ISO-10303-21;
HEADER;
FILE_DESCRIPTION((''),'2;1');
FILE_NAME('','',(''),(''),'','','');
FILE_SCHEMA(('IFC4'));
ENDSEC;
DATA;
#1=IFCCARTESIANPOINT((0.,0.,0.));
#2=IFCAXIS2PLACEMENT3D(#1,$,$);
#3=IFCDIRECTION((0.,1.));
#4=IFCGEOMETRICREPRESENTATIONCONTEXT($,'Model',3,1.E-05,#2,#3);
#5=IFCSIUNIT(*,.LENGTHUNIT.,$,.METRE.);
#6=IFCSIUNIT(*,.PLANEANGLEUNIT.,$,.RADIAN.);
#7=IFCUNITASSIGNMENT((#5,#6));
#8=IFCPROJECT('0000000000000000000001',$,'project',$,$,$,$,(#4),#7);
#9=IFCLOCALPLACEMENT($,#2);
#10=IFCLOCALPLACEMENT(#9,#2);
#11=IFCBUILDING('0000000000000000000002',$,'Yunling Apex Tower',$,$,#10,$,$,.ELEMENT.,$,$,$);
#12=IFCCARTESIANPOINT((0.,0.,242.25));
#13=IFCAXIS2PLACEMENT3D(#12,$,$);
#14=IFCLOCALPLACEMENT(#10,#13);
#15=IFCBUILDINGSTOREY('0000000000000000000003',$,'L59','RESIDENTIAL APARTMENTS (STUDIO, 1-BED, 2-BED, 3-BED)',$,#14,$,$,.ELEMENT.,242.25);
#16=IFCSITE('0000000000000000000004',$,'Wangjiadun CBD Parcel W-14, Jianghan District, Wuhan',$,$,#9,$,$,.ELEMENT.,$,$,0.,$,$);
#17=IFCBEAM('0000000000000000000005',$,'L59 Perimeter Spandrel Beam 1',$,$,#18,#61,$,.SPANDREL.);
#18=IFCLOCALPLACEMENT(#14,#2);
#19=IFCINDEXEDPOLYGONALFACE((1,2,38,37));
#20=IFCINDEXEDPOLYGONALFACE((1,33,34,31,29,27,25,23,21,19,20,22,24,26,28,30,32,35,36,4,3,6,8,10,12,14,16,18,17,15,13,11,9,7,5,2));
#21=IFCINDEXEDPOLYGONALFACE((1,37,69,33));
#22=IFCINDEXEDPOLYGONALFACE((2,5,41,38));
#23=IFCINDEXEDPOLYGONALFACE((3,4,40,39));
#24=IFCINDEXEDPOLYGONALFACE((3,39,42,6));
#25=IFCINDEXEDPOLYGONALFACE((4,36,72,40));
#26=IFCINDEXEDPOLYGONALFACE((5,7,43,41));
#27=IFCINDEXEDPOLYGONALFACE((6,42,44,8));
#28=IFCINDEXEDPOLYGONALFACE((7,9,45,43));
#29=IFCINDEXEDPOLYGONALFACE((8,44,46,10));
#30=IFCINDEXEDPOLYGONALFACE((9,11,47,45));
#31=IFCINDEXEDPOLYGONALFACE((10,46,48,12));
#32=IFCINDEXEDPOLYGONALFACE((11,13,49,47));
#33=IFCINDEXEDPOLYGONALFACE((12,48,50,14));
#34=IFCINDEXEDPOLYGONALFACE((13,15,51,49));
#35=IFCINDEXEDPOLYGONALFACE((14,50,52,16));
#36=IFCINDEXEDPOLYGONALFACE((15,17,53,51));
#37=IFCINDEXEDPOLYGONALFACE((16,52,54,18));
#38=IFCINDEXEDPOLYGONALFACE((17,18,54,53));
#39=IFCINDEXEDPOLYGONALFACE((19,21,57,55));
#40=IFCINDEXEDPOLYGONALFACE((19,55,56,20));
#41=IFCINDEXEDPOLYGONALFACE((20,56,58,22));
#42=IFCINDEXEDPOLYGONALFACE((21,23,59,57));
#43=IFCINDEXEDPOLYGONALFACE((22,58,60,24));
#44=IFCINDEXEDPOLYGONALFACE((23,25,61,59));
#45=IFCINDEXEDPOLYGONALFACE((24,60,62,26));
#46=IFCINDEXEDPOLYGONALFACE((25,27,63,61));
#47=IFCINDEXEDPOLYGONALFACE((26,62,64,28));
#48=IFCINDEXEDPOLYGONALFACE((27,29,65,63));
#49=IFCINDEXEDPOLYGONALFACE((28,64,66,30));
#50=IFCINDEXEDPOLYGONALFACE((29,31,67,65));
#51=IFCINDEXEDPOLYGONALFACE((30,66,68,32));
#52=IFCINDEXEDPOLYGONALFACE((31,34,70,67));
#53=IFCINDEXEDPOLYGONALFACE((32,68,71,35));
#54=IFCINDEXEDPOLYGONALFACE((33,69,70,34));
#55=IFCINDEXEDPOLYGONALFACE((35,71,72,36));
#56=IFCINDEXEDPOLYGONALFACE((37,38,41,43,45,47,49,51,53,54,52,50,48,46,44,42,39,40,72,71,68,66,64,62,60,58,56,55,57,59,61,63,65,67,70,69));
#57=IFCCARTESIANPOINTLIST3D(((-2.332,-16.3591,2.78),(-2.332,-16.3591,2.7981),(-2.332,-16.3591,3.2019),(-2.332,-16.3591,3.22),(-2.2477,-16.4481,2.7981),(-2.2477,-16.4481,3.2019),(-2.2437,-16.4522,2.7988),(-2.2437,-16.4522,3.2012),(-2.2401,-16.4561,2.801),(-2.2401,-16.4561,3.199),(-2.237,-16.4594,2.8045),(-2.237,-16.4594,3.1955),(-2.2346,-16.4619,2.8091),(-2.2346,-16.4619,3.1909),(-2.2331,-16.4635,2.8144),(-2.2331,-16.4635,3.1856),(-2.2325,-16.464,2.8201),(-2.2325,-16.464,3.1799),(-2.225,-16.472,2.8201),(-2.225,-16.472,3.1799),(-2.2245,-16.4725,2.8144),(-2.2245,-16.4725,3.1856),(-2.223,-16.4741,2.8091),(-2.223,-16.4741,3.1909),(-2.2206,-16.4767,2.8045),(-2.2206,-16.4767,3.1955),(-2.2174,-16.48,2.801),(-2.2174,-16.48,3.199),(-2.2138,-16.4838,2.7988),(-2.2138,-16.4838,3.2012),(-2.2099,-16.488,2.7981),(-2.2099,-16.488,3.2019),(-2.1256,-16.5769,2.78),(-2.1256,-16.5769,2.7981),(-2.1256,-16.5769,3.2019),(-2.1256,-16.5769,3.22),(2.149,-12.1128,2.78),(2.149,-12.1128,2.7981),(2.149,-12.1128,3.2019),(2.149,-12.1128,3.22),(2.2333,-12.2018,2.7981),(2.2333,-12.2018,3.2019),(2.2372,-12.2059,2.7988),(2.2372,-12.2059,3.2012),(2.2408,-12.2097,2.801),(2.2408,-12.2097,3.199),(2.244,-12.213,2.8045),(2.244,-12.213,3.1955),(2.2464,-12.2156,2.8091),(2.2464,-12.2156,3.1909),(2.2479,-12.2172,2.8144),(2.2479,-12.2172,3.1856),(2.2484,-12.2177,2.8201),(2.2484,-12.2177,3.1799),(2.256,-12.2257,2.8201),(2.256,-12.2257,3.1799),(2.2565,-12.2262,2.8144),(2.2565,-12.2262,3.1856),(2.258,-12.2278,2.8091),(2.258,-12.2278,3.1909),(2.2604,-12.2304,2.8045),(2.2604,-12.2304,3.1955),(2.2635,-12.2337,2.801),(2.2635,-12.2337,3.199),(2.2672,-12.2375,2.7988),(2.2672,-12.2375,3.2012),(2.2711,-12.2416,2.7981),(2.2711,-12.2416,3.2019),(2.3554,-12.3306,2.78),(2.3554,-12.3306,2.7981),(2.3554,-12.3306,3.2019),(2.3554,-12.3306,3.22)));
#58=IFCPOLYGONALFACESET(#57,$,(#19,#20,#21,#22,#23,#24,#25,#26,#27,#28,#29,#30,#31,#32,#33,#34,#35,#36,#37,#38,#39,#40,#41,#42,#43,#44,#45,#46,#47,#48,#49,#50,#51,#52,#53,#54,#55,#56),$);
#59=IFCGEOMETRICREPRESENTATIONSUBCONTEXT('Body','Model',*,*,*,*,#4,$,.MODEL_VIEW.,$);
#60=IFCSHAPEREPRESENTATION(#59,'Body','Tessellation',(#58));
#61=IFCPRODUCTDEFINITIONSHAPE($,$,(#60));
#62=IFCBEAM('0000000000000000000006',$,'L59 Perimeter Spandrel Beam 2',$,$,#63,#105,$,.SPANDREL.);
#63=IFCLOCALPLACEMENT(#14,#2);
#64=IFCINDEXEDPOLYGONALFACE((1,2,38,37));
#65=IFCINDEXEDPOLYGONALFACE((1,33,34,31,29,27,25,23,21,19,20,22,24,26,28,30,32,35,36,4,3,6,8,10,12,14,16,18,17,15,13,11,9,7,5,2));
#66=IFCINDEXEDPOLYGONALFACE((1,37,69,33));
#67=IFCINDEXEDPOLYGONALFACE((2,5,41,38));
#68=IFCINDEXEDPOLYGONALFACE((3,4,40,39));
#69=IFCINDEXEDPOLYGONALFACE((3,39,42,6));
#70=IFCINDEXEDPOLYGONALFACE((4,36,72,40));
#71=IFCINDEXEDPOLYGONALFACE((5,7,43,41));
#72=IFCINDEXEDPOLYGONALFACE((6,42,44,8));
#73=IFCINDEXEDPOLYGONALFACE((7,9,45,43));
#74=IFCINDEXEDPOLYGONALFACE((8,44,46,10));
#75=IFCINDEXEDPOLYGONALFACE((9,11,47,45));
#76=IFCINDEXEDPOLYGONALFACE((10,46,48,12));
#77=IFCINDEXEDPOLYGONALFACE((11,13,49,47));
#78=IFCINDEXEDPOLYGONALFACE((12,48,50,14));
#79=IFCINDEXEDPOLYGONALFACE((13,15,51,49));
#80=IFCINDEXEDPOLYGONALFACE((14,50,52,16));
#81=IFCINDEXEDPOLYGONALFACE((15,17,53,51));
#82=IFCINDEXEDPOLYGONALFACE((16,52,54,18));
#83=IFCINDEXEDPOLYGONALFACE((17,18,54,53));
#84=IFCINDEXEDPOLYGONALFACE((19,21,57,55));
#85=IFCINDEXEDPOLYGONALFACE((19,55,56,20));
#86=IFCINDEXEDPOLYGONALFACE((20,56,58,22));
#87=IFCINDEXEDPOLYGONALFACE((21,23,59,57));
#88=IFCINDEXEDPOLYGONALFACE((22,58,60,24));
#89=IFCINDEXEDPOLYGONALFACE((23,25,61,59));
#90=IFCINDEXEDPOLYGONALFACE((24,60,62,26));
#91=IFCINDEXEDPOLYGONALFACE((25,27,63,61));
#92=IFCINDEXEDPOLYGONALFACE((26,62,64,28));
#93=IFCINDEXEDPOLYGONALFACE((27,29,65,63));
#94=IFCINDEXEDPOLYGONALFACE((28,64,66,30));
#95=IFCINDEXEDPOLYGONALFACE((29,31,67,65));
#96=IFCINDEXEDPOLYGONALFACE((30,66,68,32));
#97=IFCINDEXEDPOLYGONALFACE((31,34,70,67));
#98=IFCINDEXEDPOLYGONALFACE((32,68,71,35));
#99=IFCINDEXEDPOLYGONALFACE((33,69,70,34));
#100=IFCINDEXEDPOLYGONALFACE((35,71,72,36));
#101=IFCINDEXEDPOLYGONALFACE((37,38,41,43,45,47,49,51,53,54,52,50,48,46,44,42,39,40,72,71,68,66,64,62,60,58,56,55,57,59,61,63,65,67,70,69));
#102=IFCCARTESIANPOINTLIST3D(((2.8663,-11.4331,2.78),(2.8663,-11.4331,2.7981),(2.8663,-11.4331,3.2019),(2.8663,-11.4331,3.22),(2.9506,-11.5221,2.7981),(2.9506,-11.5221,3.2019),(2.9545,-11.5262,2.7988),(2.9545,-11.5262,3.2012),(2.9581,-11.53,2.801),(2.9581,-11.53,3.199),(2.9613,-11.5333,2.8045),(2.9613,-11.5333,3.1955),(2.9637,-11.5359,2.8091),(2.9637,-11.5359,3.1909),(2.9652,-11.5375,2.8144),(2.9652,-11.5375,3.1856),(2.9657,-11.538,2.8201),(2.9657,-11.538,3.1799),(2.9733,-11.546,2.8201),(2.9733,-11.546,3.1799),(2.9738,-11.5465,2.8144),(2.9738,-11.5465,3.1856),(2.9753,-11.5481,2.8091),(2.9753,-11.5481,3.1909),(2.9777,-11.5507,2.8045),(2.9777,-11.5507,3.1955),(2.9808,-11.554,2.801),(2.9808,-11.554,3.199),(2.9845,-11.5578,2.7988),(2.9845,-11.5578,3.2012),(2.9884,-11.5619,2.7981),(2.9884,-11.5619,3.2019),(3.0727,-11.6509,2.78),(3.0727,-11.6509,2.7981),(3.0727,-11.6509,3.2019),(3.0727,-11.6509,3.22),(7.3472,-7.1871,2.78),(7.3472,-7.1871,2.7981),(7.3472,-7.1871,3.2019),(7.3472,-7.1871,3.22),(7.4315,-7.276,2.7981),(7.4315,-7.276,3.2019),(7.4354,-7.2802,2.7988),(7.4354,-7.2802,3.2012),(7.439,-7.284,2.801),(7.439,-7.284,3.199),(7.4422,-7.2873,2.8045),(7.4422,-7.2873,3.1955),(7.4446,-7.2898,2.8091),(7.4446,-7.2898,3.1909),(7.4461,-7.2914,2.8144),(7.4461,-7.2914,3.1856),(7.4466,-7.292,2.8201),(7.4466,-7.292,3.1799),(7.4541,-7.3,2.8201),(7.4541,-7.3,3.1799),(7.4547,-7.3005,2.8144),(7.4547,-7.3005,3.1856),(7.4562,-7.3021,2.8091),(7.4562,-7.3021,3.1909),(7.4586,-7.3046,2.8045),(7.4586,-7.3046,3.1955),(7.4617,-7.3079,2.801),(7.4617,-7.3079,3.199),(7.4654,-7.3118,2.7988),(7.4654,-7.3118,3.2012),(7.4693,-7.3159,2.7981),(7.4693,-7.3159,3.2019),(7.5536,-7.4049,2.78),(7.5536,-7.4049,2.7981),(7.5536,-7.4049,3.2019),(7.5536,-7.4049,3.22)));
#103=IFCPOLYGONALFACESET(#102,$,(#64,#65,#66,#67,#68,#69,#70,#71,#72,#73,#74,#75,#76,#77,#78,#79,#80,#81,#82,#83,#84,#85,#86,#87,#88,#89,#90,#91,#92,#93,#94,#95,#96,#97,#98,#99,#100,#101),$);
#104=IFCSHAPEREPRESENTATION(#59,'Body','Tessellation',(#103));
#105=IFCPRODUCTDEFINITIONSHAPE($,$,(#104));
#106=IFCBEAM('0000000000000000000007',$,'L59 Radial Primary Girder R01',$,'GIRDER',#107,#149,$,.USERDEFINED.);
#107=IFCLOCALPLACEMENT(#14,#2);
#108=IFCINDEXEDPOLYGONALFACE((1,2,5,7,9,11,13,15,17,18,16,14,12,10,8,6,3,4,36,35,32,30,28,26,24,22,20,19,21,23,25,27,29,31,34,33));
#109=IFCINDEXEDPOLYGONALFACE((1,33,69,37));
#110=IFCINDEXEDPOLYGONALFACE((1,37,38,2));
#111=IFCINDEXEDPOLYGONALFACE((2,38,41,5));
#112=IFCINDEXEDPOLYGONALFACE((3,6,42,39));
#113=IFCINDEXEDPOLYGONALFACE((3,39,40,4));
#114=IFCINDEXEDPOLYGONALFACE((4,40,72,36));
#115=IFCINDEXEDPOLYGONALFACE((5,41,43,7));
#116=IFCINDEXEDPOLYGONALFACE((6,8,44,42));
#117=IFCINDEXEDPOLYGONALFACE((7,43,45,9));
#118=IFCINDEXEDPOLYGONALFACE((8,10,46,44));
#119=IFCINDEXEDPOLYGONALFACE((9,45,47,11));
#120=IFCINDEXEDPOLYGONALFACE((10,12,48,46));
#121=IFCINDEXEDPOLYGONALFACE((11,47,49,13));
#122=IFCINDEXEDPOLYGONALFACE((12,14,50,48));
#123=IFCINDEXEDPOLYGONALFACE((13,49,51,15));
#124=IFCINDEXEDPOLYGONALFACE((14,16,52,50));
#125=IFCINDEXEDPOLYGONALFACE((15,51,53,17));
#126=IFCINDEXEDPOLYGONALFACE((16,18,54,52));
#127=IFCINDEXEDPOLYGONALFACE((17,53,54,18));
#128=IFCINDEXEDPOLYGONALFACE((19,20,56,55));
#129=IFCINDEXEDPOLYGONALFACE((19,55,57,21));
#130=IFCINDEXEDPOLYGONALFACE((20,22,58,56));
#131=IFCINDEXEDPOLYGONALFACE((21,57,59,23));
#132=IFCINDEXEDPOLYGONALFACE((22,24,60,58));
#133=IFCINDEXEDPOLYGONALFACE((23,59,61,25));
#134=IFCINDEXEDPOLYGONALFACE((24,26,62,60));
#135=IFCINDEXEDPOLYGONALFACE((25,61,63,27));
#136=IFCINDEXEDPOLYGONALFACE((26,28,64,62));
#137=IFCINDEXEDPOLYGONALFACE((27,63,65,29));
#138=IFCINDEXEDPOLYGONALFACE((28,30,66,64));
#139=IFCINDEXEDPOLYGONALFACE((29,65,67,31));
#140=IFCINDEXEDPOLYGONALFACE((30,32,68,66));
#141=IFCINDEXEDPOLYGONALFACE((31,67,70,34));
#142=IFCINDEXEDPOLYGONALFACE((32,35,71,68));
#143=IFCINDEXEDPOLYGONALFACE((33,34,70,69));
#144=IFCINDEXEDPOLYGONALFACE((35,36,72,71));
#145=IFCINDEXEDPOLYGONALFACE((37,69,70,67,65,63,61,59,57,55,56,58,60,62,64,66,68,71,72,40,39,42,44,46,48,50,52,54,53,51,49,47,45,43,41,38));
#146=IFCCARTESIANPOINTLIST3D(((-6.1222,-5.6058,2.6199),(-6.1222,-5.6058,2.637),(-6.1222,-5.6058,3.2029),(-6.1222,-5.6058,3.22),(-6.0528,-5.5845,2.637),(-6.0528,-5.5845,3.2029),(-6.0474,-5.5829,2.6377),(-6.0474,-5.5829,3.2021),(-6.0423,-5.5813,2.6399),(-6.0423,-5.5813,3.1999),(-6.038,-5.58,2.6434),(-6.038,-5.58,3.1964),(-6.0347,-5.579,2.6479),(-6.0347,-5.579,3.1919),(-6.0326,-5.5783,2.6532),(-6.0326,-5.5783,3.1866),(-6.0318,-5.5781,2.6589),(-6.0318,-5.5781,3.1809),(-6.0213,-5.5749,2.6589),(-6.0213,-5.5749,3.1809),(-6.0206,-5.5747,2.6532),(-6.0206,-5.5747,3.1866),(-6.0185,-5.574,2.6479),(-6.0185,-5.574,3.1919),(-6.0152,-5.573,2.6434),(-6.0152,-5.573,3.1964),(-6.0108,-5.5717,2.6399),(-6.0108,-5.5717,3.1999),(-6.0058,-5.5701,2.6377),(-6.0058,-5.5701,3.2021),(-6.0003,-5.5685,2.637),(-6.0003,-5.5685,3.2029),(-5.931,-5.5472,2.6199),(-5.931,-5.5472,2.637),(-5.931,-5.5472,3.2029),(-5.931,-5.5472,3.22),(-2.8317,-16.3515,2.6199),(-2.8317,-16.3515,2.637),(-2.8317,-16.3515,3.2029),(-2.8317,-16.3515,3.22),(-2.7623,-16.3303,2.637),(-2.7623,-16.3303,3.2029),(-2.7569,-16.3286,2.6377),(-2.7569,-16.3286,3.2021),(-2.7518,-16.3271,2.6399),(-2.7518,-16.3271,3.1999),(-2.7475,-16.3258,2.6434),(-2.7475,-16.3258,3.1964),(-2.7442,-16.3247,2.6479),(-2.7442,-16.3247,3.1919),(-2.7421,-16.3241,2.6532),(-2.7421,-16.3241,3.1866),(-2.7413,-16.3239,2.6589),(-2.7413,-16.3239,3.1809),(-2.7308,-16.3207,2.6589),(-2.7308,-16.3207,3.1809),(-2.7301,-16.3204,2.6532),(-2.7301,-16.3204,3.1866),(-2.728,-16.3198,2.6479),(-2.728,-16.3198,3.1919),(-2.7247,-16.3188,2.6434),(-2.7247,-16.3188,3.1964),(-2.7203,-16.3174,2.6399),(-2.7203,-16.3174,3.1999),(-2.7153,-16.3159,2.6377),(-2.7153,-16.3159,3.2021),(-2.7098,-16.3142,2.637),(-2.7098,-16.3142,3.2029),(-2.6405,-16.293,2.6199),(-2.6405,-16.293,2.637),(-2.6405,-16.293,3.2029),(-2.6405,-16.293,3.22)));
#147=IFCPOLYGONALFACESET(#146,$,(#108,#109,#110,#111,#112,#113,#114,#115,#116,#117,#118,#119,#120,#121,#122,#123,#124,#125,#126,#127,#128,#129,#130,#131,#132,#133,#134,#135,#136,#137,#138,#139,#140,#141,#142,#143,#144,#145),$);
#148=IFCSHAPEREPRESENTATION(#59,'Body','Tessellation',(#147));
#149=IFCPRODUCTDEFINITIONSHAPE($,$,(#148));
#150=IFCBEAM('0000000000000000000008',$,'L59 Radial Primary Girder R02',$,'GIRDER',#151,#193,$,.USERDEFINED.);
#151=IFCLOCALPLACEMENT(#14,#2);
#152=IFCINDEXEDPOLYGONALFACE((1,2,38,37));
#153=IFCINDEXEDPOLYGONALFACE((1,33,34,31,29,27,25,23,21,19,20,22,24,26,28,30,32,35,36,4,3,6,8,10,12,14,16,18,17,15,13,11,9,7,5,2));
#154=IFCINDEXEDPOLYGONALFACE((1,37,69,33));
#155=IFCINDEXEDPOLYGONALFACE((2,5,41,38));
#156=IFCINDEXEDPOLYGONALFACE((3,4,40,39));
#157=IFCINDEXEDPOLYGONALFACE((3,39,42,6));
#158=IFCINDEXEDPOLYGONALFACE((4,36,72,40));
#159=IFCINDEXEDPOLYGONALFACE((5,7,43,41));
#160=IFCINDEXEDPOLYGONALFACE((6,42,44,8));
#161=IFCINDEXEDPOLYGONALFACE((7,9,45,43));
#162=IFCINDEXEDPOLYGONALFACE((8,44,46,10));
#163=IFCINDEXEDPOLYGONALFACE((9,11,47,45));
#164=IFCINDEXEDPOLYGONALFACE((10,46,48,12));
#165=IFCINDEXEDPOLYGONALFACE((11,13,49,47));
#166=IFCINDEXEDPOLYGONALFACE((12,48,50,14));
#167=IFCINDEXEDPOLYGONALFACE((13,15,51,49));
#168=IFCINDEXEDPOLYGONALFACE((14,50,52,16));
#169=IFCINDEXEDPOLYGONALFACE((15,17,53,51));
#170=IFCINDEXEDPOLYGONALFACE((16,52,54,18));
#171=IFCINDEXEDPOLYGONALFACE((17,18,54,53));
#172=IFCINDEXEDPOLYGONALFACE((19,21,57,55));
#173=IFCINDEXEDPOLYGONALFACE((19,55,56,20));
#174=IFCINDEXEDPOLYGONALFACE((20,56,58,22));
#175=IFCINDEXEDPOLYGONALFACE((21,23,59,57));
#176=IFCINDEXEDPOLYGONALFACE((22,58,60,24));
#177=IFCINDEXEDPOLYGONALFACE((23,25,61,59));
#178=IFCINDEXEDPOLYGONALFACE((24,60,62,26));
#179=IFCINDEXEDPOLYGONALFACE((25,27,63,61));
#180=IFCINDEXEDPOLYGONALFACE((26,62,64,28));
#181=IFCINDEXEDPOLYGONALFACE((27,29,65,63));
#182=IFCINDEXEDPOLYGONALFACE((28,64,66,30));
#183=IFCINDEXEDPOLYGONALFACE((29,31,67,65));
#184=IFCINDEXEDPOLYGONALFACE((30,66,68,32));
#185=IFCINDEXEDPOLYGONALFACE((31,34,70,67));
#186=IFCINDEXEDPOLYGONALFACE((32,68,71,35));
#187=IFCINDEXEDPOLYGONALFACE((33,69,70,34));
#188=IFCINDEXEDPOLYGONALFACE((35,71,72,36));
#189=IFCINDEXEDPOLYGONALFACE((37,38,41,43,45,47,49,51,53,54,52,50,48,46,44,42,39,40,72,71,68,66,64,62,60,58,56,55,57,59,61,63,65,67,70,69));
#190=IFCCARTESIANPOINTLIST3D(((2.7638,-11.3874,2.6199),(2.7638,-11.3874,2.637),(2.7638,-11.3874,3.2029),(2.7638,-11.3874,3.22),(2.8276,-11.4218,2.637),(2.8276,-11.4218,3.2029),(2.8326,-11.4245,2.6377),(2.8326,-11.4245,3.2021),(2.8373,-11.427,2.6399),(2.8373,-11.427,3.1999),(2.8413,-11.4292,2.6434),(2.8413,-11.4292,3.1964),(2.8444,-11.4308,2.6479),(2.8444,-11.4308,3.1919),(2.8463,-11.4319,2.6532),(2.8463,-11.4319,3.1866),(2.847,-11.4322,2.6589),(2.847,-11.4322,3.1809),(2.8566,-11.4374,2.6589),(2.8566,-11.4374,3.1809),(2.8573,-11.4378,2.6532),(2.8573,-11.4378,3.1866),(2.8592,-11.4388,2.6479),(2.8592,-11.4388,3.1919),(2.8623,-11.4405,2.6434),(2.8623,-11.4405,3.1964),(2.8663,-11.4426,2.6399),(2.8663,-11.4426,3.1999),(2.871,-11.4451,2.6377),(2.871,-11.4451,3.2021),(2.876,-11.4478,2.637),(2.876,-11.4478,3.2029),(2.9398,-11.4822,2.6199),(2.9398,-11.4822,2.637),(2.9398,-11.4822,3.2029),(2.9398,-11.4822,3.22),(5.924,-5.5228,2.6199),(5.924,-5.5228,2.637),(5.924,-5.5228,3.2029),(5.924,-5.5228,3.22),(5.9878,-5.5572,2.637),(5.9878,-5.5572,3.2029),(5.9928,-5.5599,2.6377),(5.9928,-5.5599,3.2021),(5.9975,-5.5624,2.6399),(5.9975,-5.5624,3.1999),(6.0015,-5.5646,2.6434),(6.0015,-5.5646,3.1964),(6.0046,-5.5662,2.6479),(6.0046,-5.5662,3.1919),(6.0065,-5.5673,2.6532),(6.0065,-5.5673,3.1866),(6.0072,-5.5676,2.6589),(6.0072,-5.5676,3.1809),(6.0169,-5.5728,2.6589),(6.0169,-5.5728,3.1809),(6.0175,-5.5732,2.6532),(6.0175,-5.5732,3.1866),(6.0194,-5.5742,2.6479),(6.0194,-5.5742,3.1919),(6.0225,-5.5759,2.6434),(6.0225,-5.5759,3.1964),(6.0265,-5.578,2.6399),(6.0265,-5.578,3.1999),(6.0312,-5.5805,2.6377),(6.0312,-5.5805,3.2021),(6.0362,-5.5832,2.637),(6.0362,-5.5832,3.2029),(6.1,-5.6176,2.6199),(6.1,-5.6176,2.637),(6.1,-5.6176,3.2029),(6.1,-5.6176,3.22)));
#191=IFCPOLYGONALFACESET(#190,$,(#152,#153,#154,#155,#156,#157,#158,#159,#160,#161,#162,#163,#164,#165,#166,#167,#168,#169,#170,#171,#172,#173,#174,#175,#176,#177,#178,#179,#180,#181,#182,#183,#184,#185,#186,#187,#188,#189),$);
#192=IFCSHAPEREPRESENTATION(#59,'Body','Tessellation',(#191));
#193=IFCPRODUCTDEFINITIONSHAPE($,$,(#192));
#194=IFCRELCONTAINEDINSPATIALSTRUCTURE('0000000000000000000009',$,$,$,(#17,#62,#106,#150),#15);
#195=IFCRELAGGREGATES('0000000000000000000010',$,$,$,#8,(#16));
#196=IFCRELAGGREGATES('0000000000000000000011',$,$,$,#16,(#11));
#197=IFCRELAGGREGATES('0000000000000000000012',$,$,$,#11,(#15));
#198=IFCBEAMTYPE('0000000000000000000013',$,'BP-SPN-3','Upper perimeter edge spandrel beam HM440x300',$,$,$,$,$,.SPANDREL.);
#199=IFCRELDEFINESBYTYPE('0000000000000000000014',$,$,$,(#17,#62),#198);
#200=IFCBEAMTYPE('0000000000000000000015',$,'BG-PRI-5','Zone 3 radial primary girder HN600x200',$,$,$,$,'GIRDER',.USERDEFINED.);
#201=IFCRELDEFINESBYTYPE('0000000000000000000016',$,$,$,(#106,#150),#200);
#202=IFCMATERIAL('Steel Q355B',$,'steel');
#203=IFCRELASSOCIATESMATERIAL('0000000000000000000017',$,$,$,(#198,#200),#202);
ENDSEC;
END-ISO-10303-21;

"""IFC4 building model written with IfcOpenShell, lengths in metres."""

from ifc_helpers import new_model, si_unit, direction, frame, origin, origin_2d, place, context, subcontext, project, spatial, i_section, extrude, source, transform, mapped, material, material_profile, profile_set, type_object, element, save


model = new_model("IFC4")

# Units and contexts
model_context = context("Model", 3, precision=1e-05, world=origin(), true_north=direction((0.0, 1.0)))
body_context = subcontext(model_context, "Body", "Model", "MODEL_VIEW")
ifc_project = project(units=[si_unit("LENGTHUNIT", "METRE"), si_unit("PLANEANGLEUNIT", "RADIAN")], contexts=[model_context])

# Site, building, storey
site_placement = place(None, origin())
site = spatial("IfcSite", under=ifc_project, at=site_placement, Name="Wangjiadun CBD Parcel W-14, Jianghan District, Wuhan", CompositionType="ELEMENT", RefElevation=0.0)
building_placement = place(site_placement, origin())
building = spatial("IfcBuilding", under=site, at=building_placement, Name="Yunling Apex Tower", CompositionType="ELEMENT")
storey_placement = place(building_placement, frame((0.0, 0.0, 242.25)))
storey = spatial("IfcBuildingStorey", under=building, at=storey_placement, Name="L59", Description="RESIDENTIAL APARTMENTS (STUDIO, 1-BED, 2-BED, 3-BED)", CompositionType="ELEMENT", Elevation=242.25)

# Beams
ifc_material_1 = material(Name="Steel Q355B", Category="steel")
ifc_material_profile_1 = material_profile(ifc_material_1, i_section(OverallWidth=0.3, OverallDepth=0.4399, WebThickness=0.011, FlangeThickness=0.0181, FilletRadius=0.022, at=origin_2d()))
ifc_profile_set_1 = profile_set([ifc_material_profile_1], Name="Steel Q355B")
beam_type_1 = type_object("IfcBeamType", Name="BP-SPN-3", Description="Upper perimeter edge spandrel beam HM440x300", PredefinedType="SPANDREL", material=ifc_profile_set_1)
shared_shape_1 = source(origin(), body_context, "Body", "SweptSolid", [
    extrude(i_section(OverallWidth=0.3, OverallDepth=0.4399, WebThickness=0.011, FlangeThickness=0.0181, FilletRadius=0.022, at=origin_2d()), origin(), (0.0, 0.0, 1.0), 6.1733),
])
beam_1_placement = place(storey_placement, frame((-2.2288, -16.468, 3.0), z_axis=(0.725854, 0.687849, 0.0), x_axis=(-0.687849, 0.725854, 0.0)))
element("IfcBeam", 1, at=beam_1_placement, inside=storey, type_object=beam_type_1, Name="L59 Perimeter Spandrel Beam 1", PredefinedType="SPANDREL", context=body_context, shape_type="MappedRepresentation", body=[
    mapped(shared_shape_1, transform((0.0, 0.0, 0.0), scale=1.0)),
])
shared_shape_2 = source(origin(), body_context, "Body", "SweptSolid", [
    extrude(i_section(OverallWidth=0.3, OverallDepth=0.4399, WebThickness=0.011, FlangeThickness=0.0181, FilletRadius=0.022, at=origin_2d()), origin(), (0.0, 0.0, 1.0), 6.1731),
])
beam_2_placement = place(storey_placement, frame((2.9695, -11.542, 3.0), z_axis=(0.725874, 0.687828, 0.0), x_axis=(-0.687828, 0.725874, 0.0)))
element("IfcBeam", 2, at=beam_2_placement, inside=storey, type_object=beam_type_1, Name="L59 Perimeter Spandrel Beam 2", PredefinedType="SPANDREL", context=body_context, shape_type="MappedRepresentation", body=[
    mapped(shared_shape_2, transform((0.0, 0.0, 0.0), scale=1.0)),
])
ifc_material_profile_2 = material_profile(ifc_material_1, i_section(OverallWidth=0.2, OverallDepth=0.6001, WebThickness=0.011, FlangeThickness=0.0171, FilletRadius=0.022, at=origin_2d()))
ifc_profile_set_2 = profile_set([ifc_material_profile_2], Name="Steel Q355B")
beam_type_2 = type_object("IfcBeamType", Name="BG-PRI-5", Description="Zone 3 radial primary girder HN600x200", ElementType="GIRDER", PredefinedType="USERDEFINED", material=ifc_profile_set_2)
shared_shape_3 = source(origin(), body_context, "Body", "SweptSolid", [
    extrude(i_section(OverallWidth=0.2, OverallDepth=0.6001, WebThickness=0.011, FlangeThickness=0.0171, FilletRadius=0.022, at=origin_2d()), origin(), (0.0, 0.0, 1.0), 11.2383),
])
beam_3_placement = place(storey_placement, frame((-2.7361, -16.3223, 2.9199), z_axis=(-0.292794, 0.956176, 0.0), x_axis=(-0.956176, -0.292794, 0.0)))
element("IfcBeam", 3, at=beam_3_placement, inside=storey, type_object=beam_type_2, Name="L59 Radial Primary Girder R01", ObjectType="GIRDER", PredefinedType="USERDEFINED", context=body_context, shape_type="MappedRepresentation", body=[
    mapped(shared_shape_3, transform((0.0, 0.0, 0.0), scale=1.0)),
])
shared_shape_4 = source(origin(), body_context, "Body", "SweptSolid", [
    extrude(i_section(OverallWidth=0.2, OverallDepth=0.6001, WebThickness=0.011, FlangeThickness=0.0171, FilletRadius=0.022, at=origin_2d()), origin(), (0.0, 0.0, 1.0), 6.6619),
])
beam_4_placement = place(storey_placement, frame((2.8518, -11.4348, 2.9199), z_axis=(0.474373, 0.880324, 0.0), x_axis=(-0.880324, 0.474373, 0.0)))
element("IfcBeam", 4, at=beam_4_placement, inside=storey, type_object=beam_type_2, Name="L59 Radial Primary Girder R02", ObjectType="GIRDER", PredefinedType="USERDEFINED", context=body_context, shape_type="MappedRepresentation", body=[
    mapped(shared_shape_4, transform((0.0, 0.0, 0.0), scale=1.0)),
])

save(model, "model.ifc")
